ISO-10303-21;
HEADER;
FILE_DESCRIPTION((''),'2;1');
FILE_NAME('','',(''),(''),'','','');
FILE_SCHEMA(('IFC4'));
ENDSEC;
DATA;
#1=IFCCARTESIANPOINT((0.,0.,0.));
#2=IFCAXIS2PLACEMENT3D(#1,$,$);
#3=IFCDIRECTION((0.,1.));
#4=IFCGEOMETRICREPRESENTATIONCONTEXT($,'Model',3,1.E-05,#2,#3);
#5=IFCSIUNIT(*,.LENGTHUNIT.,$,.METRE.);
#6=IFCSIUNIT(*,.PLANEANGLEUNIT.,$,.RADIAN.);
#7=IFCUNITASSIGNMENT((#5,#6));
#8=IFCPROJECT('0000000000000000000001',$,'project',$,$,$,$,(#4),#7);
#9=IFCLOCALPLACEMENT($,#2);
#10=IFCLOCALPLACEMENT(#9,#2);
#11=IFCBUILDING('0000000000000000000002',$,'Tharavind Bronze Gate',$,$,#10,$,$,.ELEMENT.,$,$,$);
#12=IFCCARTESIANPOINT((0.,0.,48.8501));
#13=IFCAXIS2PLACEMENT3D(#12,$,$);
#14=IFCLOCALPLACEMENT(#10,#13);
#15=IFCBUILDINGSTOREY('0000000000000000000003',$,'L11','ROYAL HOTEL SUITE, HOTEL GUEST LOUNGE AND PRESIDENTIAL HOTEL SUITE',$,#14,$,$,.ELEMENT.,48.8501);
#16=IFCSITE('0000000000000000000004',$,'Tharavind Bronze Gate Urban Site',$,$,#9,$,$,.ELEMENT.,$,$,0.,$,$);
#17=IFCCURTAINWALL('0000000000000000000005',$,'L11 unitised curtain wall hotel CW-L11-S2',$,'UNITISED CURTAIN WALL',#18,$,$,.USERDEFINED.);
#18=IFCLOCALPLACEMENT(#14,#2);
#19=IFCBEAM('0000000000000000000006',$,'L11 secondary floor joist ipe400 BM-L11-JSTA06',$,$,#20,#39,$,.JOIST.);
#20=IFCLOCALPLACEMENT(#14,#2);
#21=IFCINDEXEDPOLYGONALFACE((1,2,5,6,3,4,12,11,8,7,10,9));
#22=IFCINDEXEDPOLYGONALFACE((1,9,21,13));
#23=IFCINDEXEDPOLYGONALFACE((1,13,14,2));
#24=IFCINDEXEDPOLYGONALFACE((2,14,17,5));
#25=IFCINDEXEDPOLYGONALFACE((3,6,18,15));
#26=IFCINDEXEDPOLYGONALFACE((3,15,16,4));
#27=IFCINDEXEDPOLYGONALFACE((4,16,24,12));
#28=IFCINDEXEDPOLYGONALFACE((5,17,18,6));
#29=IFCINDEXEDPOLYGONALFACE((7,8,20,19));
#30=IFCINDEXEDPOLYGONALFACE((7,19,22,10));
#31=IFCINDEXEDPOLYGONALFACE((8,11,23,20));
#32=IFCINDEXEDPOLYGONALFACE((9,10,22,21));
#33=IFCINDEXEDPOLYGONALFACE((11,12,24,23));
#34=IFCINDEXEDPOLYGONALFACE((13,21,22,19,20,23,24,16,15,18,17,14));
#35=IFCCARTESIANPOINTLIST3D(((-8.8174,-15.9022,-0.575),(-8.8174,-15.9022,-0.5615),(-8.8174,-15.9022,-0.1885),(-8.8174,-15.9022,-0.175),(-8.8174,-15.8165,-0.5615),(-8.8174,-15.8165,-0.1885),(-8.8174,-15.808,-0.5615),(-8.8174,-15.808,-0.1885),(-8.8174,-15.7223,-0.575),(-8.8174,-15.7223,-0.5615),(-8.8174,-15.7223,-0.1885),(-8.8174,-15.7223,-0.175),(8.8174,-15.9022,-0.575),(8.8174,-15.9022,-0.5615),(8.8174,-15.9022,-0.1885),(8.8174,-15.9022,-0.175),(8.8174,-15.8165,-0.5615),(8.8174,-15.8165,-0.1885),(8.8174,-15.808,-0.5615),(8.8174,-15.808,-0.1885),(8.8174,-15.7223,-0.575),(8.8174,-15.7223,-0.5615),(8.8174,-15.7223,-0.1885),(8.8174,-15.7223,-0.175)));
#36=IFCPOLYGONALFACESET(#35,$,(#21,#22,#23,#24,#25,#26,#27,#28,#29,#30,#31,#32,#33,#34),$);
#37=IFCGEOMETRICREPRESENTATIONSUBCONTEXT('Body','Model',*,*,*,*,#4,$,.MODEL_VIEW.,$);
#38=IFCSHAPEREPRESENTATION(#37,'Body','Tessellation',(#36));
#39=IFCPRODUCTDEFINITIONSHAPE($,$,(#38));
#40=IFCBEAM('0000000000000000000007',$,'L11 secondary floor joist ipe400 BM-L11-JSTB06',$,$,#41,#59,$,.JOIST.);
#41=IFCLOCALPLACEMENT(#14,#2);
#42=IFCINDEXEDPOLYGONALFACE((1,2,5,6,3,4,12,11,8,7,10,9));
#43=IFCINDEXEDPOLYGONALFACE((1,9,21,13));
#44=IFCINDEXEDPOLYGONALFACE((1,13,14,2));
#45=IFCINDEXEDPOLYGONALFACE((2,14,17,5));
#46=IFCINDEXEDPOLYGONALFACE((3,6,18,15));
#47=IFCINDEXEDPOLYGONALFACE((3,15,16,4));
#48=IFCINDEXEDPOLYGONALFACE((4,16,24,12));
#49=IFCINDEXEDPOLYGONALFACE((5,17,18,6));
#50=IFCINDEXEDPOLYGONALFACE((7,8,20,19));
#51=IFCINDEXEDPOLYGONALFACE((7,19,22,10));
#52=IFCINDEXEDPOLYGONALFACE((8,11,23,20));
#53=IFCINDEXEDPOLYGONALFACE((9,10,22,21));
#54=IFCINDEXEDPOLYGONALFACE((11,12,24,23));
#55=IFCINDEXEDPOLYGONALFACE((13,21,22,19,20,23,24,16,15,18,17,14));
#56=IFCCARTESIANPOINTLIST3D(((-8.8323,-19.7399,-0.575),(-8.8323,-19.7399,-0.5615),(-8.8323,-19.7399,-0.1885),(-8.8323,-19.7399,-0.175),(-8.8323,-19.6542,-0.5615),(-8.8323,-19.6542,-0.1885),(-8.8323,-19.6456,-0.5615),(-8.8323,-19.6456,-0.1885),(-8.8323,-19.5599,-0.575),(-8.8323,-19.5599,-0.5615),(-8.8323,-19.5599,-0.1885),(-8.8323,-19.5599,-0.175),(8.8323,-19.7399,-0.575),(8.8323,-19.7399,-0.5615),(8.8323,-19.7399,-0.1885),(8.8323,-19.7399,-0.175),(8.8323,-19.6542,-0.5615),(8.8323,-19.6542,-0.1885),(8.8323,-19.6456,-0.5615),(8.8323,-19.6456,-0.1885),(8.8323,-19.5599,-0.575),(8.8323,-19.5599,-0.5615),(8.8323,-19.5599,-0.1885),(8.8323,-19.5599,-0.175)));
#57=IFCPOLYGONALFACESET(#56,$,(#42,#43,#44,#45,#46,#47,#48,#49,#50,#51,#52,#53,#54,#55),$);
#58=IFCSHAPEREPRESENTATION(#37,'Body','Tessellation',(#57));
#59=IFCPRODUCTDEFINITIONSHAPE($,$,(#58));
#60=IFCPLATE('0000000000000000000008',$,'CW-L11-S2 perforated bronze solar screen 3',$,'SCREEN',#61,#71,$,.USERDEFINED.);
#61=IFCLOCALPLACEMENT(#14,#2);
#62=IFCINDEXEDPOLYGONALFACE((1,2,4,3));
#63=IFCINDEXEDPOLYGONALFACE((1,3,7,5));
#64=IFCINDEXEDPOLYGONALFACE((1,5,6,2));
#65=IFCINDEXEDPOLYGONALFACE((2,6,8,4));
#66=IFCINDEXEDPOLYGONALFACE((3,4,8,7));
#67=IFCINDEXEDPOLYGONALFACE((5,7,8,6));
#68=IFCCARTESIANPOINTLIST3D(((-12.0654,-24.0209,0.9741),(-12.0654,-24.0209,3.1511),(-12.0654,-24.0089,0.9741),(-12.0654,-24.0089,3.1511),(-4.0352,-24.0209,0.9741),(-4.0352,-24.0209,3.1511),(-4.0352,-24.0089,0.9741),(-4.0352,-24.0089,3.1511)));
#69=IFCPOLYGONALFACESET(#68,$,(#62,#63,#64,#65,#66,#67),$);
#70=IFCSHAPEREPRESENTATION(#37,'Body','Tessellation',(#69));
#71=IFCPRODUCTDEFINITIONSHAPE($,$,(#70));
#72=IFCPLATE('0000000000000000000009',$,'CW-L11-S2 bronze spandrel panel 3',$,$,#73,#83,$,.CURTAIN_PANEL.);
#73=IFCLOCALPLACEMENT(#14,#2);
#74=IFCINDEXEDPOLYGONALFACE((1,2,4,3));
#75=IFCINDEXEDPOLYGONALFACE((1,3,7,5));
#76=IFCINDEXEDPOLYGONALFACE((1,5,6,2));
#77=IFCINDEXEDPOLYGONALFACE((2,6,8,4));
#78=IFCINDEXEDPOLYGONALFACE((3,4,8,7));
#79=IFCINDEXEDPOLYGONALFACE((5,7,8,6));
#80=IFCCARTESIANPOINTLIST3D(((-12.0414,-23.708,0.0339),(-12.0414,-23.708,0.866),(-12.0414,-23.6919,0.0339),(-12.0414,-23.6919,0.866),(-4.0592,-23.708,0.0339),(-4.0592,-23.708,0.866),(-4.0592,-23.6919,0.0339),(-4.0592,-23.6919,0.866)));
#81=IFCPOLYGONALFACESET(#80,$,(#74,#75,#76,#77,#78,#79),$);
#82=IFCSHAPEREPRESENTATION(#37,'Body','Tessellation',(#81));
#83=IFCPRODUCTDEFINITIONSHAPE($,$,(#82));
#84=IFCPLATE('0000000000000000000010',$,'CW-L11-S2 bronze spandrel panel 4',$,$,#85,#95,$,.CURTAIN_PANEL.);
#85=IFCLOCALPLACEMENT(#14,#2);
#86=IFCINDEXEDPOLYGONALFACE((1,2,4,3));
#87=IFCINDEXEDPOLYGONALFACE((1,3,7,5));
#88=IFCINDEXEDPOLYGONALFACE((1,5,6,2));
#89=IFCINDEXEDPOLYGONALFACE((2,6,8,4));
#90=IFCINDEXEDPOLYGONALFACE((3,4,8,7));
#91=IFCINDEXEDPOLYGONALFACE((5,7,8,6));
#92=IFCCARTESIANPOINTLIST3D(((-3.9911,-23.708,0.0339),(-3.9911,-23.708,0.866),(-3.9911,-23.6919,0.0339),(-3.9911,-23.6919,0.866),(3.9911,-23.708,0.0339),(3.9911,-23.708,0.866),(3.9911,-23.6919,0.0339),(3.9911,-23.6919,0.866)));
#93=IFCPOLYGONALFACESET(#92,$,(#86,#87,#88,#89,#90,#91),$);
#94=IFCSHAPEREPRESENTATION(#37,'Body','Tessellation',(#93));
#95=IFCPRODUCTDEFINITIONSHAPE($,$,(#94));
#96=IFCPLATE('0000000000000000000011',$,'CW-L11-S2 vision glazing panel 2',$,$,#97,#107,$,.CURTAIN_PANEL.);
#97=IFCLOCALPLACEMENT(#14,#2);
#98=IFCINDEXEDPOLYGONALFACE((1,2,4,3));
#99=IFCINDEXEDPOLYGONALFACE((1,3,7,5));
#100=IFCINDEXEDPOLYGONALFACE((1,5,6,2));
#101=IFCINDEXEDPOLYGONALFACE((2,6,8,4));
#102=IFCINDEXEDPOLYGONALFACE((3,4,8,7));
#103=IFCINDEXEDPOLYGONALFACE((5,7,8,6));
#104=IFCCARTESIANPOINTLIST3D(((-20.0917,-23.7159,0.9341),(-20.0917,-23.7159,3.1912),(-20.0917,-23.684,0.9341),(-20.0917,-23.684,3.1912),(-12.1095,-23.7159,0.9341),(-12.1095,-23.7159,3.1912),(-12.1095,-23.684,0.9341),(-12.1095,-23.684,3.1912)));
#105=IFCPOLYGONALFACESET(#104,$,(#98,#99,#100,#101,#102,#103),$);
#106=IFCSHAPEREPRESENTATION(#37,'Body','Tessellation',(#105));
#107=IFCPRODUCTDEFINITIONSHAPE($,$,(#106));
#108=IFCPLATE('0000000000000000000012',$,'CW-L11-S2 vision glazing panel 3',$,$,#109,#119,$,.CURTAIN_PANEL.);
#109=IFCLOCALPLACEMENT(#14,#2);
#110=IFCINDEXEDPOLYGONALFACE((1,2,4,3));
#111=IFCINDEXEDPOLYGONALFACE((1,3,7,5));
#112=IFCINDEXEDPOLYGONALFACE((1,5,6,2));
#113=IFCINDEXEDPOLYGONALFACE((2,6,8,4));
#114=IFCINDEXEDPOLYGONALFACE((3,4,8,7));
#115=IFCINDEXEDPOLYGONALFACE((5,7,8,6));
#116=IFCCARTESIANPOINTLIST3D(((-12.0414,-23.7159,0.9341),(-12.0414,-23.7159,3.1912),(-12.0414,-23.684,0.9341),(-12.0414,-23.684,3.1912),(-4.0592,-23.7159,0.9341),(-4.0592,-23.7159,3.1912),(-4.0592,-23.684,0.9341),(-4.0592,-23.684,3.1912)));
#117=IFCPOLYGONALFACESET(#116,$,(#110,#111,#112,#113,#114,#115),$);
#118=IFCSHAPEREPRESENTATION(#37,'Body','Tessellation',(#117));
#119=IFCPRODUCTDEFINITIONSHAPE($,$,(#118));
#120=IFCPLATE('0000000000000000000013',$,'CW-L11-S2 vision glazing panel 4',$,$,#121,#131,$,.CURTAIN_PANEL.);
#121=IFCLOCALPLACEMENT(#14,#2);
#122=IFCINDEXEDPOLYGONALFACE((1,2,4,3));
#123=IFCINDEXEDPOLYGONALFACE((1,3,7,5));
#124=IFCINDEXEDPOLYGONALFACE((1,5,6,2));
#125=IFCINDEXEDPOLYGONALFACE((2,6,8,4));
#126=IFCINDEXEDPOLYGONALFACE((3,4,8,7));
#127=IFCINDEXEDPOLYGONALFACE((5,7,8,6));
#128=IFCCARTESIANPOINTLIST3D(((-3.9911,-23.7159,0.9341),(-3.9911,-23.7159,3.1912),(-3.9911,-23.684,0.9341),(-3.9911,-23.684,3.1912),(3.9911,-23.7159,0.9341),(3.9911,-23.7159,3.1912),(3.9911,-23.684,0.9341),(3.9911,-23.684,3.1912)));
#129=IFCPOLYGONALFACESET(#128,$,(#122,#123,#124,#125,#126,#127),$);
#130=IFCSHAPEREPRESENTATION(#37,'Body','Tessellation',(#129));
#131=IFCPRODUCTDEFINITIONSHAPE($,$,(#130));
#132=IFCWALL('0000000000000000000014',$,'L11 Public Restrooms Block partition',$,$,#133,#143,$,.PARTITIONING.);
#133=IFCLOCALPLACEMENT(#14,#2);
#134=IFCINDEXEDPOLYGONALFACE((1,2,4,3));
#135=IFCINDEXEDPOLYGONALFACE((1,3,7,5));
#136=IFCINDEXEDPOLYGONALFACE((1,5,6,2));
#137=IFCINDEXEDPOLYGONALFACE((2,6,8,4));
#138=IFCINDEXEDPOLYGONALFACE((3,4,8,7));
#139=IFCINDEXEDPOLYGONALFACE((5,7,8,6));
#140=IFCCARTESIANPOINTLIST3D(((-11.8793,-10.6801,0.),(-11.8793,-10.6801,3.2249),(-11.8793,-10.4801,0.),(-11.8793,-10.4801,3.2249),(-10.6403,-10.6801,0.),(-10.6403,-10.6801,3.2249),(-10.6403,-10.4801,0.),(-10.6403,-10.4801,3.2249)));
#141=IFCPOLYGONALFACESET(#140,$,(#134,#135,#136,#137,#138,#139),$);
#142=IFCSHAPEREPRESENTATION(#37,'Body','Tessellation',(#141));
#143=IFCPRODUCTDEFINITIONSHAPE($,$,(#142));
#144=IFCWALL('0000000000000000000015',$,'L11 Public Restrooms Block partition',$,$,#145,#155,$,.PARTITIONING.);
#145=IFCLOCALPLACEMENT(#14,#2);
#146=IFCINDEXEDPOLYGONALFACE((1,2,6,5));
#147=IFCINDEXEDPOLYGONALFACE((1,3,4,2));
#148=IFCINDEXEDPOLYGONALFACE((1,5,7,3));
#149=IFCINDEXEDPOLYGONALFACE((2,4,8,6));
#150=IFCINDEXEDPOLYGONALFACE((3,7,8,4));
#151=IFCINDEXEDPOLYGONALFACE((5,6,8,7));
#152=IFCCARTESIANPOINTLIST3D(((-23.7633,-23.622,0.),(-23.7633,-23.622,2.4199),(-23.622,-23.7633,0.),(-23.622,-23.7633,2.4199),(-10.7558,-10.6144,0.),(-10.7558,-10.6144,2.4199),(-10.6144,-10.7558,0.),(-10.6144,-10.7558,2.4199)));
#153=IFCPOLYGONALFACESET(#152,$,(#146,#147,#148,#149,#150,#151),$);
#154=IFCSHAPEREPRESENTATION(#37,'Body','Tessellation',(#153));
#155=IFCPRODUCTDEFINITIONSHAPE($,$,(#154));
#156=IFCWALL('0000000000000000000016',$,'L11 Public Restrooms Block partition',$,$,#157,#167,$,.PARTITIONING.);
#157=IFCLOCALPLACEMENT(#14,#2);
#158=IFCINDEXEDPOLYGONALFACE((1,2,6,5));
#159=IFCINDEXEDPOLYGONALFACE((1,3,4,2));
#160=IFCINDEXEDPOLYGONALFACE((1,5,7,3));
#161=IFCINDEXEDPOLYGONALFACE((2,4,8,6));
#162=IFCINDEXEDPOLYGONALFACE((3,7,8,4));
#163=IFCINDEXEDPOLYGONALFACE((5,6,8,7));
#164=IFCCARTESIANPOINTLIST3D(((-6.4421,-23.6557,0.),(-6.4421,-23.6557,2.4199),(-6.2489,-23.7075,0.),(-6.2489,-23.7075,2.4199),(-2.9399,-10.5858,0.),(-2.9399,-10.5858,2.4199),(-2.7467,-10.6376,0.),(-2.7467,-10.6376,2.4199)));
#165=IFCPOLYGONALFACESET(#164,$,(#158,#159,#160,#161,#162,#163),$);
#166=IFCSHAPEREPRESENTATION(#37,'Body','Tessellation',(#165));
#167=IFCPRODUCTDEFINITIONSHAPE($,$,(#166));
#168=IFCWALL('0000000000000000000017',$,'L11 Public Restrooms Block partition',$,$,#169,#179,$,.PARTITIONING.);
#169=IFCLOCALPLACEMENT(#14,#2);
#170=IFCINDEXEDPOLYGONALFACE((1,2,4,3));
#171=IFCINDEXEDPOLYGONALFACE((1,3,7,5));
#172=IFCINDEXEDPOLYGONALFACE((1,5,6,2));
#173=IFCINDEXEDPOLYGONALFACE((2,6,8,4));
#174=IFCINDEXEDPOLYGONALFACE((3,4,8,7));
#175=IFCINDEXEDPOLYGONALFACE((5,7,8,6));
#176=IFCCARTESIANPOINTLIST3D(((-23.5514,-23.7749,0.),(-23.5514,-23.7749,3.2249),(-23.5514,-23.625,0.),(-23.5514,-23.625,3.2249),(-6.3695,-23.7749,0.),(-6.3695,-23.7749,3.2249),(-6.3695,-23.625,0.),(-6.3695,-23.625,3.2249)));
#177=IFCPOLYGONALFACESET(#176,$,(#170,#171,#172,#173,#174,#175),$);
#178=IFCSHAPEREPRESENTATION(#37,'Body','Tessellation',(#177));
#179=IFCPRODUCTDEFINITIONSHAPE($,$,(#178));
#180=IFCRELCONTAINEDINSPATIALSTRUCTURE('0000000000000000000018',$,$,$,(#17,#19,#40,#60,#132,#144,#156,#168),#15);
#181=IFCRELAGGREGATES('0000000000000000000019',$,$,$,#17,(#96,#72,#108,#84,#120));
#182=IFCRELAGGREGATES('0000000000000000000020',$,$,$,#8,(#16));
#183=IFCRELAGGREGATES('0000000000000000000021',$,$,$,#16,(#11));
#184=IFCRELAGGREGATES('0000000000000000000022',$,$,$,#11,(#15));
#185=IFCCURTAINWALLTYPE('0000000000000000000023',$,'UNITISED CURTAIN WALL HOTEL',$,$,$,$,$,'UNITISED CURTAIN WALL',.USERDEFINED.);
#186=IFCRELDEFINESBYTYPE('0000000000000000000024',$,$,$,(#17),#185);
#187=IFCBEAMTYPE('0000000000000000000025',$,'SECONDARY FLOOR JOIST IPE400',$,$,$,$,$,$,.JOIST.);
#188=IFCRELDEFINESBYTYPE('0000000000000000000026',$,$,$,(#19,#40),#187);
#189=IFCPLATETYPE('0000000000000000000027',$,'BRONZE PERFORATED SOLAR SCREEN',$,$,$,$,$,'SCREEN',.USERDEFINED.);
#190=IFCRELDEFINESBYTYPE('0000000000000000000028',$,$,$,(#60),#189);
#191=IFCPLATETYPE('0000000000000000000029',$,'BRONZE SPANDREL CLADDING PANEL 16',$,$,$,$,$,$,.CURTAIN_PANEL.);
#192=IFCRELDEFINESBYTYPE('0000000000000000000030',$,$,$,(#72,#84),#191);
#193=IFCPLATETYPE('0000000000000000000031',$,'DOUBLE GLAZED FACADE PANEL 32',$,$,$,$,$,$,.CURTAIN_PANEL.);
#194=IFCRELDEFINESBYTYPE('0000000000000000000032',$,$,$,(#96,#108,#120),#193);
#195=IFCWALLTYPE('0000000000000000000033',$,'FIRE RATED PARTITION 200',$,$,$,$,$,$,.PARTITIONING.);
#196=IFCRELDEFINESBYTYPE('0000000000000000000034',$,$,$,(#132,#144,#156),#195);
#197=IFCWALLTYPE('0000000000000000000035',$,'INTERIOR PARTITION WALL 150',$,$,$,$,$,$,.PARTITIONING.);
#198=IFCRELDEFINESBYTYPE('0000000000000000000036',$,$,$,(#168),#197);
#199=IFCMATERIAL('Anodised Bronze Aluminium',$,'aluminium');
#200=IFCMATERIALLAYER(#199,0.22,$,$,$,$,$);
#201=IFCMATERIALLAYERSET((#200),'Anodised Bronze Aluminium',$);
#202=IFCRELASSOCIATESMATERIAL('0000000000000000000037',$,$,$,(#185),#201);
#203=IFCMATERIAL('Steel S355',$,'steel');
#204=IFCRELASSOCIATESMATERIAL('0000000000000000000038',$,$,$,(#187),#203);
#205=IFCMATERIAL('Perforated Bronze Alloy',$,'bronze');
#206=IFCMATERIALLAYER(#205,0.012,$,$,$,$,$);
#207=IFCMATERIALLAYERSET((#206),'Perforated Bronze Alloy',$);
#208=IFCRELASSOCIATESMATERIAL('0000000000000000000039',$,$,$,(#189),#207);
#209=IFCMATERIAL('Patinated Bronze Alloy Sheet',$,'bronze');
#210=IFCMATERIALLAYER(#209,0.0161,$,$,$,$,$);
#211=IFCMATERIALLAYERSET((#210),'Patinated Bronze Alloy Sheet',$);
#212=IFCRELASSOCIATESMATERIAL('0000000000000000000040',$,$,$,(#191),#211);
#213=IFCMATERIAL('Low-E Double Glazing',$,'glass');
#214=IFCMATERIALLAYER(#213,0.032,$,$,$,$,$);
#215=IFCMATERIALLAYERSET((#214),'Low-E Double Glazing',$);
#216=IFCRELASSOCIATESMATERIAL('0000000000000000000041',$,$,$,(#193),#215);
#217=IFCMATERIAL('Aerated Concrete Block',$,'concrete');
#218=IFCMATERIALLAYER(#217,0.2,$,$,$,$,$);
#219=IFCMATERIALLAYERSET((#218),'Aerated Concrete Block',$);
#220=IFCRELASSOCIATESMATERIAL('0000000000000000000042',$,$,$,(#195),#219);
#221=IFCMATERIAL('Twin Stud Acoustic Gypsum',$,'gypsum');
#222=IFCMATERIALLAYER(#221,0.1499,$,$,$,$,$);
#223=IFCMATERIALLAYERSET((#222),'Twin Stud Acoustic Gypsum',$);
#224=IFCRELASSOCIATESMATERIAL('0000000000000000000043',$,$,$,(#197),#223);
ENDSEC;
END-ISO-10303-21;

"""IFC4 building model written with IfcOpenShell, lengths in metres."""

from ifc_helpers import new_model, si_unit, direction, frame, frame_2d, origin, origin_2d, place, context, subcontext, project, spatial, rectangle, i_section, extrude, material, layer, layer_set, material_profile, profile_set, type_object, element, aggregate, save


model = new_model("IFC4")

# Units and contexts
model_context = context("Model", 3, precision=1e-05, world=origin(), true_north=direction((0.0, 1.0)))
body_context = subcontext(model_context, "Body", "Model", "MODEL_VIEW")
ifc_project = project(units=[si_unit("LENGTHUNIT", "METRE"), si_unit("PLANEANGLEUNIT", "RADIAN")], contexts=[model_context])

# Site, building, storey
site_placement = place(None, origin())
site = spatial("IfcSite", under=ifc_project, at=site_placement, Name="Tharavind Bronze Gate Urban Site", CompositionType="ELEMENT", RefElevation=0.0)
building_placement = place(site_placement, origin())
building = spatial("IfcBuilding", under=site, at=building_placement, Name="Tharavind Bronze Gate", CompositionType="ELEMENT")
storey_placement = place(building_placement, frame((0.0, 0.0, 48.8501)))
storey = spatial("IfcBuildingStorey", under=building, at=storey_placement, Name="L11", Description="ROYAL HOTEL SUITE, HOTEL GUEST LOUNGE AND PRESIDENTIAL HOTEL SUITE", CompositionType="ELEMENT", Elevation=48.8501)

# Curtain wall
ifc_material_1 = material(Name="Anodised Bronze Aluminium", Category="aluminium")
ifc_layer_1 = layer(ifc_material_1, 0.22)
ifc_layer_set_1 = layer_set([ifc_layer_1], Name="Anodised Bronze Aluminium")
curtain_wall_type = type_object("IfcCurtainWallType", Name="UNITISED CURTAIN WALL HOTEL", ElementType="UNITISED CURTAIN WALL", PredefinedType="USERDEFINED", material=ifc_layer_set_1)
curtain_wall_placement = place(storey_placement, origin())
curtain_wall = element("IfcCurtainWall", 1, at=curtain_wall_placement, inside=storey, type_object=curtain_wall_type, Name="L11 unitised curtain wall hotel CW-L11-S2", ObjectType="UNITISED CURTAIN WALL", PredefinedType="USERDEFINED")

# Beams
ifc_material_2 = material(Name="Steel S355", Category="steel")
ifc_material_profile_1 = material_profile(ifc_material_2, i_section(OverallWidth=0.1799, OverallDepth=0.3999, WebThickness=0.0085, FlangeThickness=0.0134, at=origin_2d()), Name="IPE400")
ifc_profile_set_1 = profile_set([ifc_material_profile_1], Name="Steel S355")
beam_type_1 = type_object("IfcBeamType", Name="SECONDARY FLOOR JOIST IPE400", PredefinedType="JOIST", material=ifc_profile_set_1)
beam_1_placement = place(storey_placement, frame((-8.8174, -15.8123, -0.375), z_axis=(1.0, 0.0, 0.0), x_axis=(0.0, 1.0, 0.0)))
element("IfcBeam", 2, at=beam_1_placement, inside=storey, type_object=beam_type_1, Name="L11 secondary floor joist ipe400 BM-L11-JSTA06", PredefinedType="JOIST", context=body_context, shape_type="SweptSolid", body=[
    extrude(i_section(OverallWidth=0.1799, OverallDepth=0.3999, WebThickness=0.0085, FlangeThickness=0.0134, at=origin_2d()), origin(), (0.0, 0.0, 1.0), 17.6348),
])
beam_2_placement = place(storey_placement, frame((-8.8323, -19.6499, -0.375), z_axis=(1.0, 0.0, 0.0), x_axis=(0.0, 1.0, 0.0)))
element("IfcBeam", 3, at=beam_2_placement, inside=storey, type_object=beam_type_1, Name="L11 secondary floor joist ipe400 BM-L11-JSTB06", PredefinedType="JOIST", context=body_context, shape_type="SweptSolid", body=[
    extrude(i_section(OverallWidth=0.1799, OverallDepth=0.3999, WebThickness=0.0085, FlangeThickness=0.0134, at=origin_2d()), origin(), (0.0, 0.0, 1.0), 17.6646),
])

# Plates
ifc_material_3 = material(Name="Perforated Bronze Alloy", Category="bronze")
ifc_layer_2 = layer(ifc_material_3, 0.012)
ifc_layer_set_2 = layer_set([ifc_layer_2], Name="Perforated Bronze Alloy")
plate_type_1 = type_object("IfcPlateType", Name="BRONZE PERFORATED SOLAR SCREEN", ElementType="SCREEN", PredefinedType="USERDEFINED", material=ifc_layer_set_2)
plate_1_placement = place(storey_placement, frame((-8.0503, -24.0149, 0.9741), z_axis=(0.0, 0.0, 1.0), x_axis=(1.0, 0.0, 0.0)))
element("IfcPlate", 4, at=plate_1_placement, inside=storey, type_object=plate_type_1, Name="CW-L11-S2 perforated bronze solar screen 3", ObjectType="SCREEN", PredefinedType="USERDEFINED", context=body_context, shape_type="SweptSolid", body=[
    extrude(rectangle(XDim=8.0303, YDim=0.012, at=origin_2d()), origin(), (0.0, 0.0, 1.0), 2.177),
])
ifc_material_4 = material(Name="Patinated Bronze Alloy Sheet", Category="bronze")
ifc_layer_3 = layer(ifc_material_4, 0.0161)
ifc_layer_set_3 = layer_set([ifc_layer_3], Name="Patinated Bronze Alloy Sheet")
plate_type_2 = type_object("IfcPlateType", Name="BRONZE SPANDREL CLADDING PANEL 16", PredefinedType="CURTAIN_PANEL", material=ifc_layer_set_3)
plate_2_placement = place(storey_placement, frame((-8.0503, -23.7, 0.0339), z_axis=(0.0, 0.0, 1.0), x_axis=(1.0, 0.0, 0.0)))
plate_2 = element("IfcPlate", 5, at=plate_2_placement, type_object=plate_type_2, Name="CW-L11-S2 bronze spandrel panel 3", PredefinedType="CURTAIN_PANEL", context=body_context, shape_type="SweptSolid", body=[
    extrude(rectangle(XDim=7.9822, YDim=0.0161, at=origin_2d()), origin(), (0.0, 0.0, 1.0), 0.832),
])
plate_3_placement = place(storey_placement, frame((0.0, -23.7, 0.0339), z_axis=(0.0, 0.0, 1.0), x_axis=(1.0, 0.0, 0.0)))
plate_3 = element("IfcPlate", 6, at=plate_3_placement, type_object=plate_type_2, Name="CW-L11-S2 bronze spandrel panel 4", PredefinedType="CURTAIN_PANEL", context=body_context, shape_type="SweptSolid", body=[
    extrude(rectangle(XDim=7.9822, YDim=0.0161, at=origin_2d()), origin(), (0.0, 0.0, 1.0), 0.832),
])
ifc_material_5 = material(Name="Low-E Double Glazing", Category="glass")
ifc_layer_4 = layer(ifc_material_5, 0.032)
ifc_layer_set_4 = layer_set([ifc_layer_4], Name="Low-E Double Glazing")
plate_type_3 = type_object("IfcPlateType", Name="DOUBLE GLAZED FACADE PANEL 32", PredefinedType="CURTAIN_PANEL", material=ifc_layer_set_4)
plate_4_placement = place(storey_placement, frame((-16.1006, -23.7, 0.9341), z_axis=(0.0, 0.0, 1.0), x_axis=(1.0, 0.0, 0.0)))
plate_4 = element("IfcPlate", 7, at=plate_4_placement, type_object=plate_type_3, Name="CW-L11-S2 vision glazing panel 2", PredefinedType="CURTAIN_PANEL", context=body_context, shape_type="SweptSolid", body=[
    extrude(rectangle(XDim=7.9822, YDim=0.032, at=origin_2d()), origin(), (0.0, 0.0, 1.0), 2.2571),
])
plate_5_placement = place(storey_placement, frame((-8.0503, -23.7, 0.9341), z_axis=(0.0, 0.0, 1.0), x_axis=(1.0, 0.0, 0.0)))
plate_5 = element("IfcPlate", 8, at=plate_5_placement, type_object=plate_type_3, Name="CW-L11-S2 vision glazing panel 3", PredefinedType="CURTAIN_PANEL", context=body_context, shape_type="SweptSolid", body=[
    extrude(rectangle(XDim=7.9822, YDim=0.032, at=origin_2d()), origin(), (0.0, 0.0, 1.0), 2.2571),
])
plate_6_placement = place(storey_placement, frame((0.0, -23.7, 0.9341), z_axis=(0.0, 0.0, 1.0), x_axis=(1.0, 0.0, 0.0)))
plate_6 = element("IfcPlate", 9, at=plate_6_placement, type_object=plate_type_3, Name="CW-L11-S2 vision glazing panel 4", PredefinedType="CURTAIN_PANEL", context=body_context, shape_type="SweptSolid", body=[
    extrude(rectangle(XDim=7.9822, YDim=0.032, at=origin_2d()), origin(), (0.0, 0.0, 1.0), 2.2571),
])
aggregate(curtain_wall, [plate_4, plate_2, plate_5, plate_3, plate_6])

# Walls
ifc_material_6 = material(Name="Aerated Concrete Block", Category="concrete")
ifc_layer_5 = layer(ifc_material_6, 0.2)
ifc_layer_set_5 = layer_set([ifc_layer_5], Name="Aerated Concrete Block")
wall_type_1 = type_object("IfcWallType", Name="FIRE RATED PARTITION 200", PredefinedType="PARTITIONING", material=ifc_layer_set_5)
wall_1_placement = place(storey_placement, frame((-11.8794, -10.5801, 0.0), z_axis=(0.0, 0.0, 1.0), x_axis=(1.0, 0.0, 0.0)))
element("IfcWall", 10, at=wall_1_placement, inside=storey, type_object=wall_type_1, Name="L11 Public Restrooms Block partition", PredefinedType="PARTITIONING", context=body_context, shape_type="SweptSolid", body=[
    extrude(rectangle(XDim=1.239, YDim=0.2, at=frame_2d((0.6196, 0.0))), origin(), (0.0, 0.0, 1.0), 3.2249),
])
wall_2_placement = place(storey_placement, frame((-10.6851, -10.6851, 0.0), z_axis=(0.0, 0.0, 1.0), x_axis=(-0.707107, -0.707107, 0.0)))
element("IfcWall", 11, at=wall_2_placement, inside=storey, type_object=wall_type_1, Name="L11 Public Restrooms Block partition", PredefinedType="PARTITIONING", context=body_context, shape_type="SweptSolid", body=[
    extrude(rectangle(XDim=18.3955, YDim=0.2, at=frame_2d((9.1978, 0.0))), origin(), (0.0, 0.0, 1.0), 2.4199),
])
wall_3_placement = place(storey_placement, frame((-2.8433, -10.6116, 0.0), z_axis=(0.0, 0.0, 1.0), x_axis=(-0.258829, -0.965923, 0.0)))
element("IfcWall", 12, at=wall_3_placement, inside=storey, type_object=wall_type_1, Name="L11 Public Restrooms Block partition", PredefinedType="PARTITIONING", context=body_context, shape_type="SweptSolid", body=[
    extrude(rectangle(XDim=13.531, YDim=0.2, at=frame_2d((6.7656, 0.0))), origin(), (0.0, 0.0, 1.0), 2.4199),
])
ifc_material_7 = material(Name="Twin Stud Acoustic Gypsum", Category="gypsum")
ifc_layer_6 = layer(ifc_material_7, 0.1499)
ifc_layer_set_6 = layer_set([ifc_layer_6], Name="Twin Stud Acoustic Gypsum")
wall_type_2 = type_object("IfcWallType", Name="INTERIOR PARTITION WALL 150", PredefinedType="PARTITIONING", material=ifc_layer_set_6)
wall_4_placement = place(storey_placement, frame((-6.3696, -23.7, 0.0), z_axis=(0.0, 0.0, 1.0), x_axis=(-1.0, 0.0, 0.0)))
element("IfcWall", 13, at=wall_4_placement, inside=storey, type_object=wall_type_2, Name="L11 Public Restrooms Block partition", PredefinedType="PARTITIONING", context=body_context, shape_type="SweptSolid", body=[
    extrude(rectangle(XDim=17.1819, YDim=0.1499, at=frame_2d((8.5908, 0.0))), origin(), (0.0, 0.0, 1.0), 3.2249),
])

save(model, "model.ifc")
